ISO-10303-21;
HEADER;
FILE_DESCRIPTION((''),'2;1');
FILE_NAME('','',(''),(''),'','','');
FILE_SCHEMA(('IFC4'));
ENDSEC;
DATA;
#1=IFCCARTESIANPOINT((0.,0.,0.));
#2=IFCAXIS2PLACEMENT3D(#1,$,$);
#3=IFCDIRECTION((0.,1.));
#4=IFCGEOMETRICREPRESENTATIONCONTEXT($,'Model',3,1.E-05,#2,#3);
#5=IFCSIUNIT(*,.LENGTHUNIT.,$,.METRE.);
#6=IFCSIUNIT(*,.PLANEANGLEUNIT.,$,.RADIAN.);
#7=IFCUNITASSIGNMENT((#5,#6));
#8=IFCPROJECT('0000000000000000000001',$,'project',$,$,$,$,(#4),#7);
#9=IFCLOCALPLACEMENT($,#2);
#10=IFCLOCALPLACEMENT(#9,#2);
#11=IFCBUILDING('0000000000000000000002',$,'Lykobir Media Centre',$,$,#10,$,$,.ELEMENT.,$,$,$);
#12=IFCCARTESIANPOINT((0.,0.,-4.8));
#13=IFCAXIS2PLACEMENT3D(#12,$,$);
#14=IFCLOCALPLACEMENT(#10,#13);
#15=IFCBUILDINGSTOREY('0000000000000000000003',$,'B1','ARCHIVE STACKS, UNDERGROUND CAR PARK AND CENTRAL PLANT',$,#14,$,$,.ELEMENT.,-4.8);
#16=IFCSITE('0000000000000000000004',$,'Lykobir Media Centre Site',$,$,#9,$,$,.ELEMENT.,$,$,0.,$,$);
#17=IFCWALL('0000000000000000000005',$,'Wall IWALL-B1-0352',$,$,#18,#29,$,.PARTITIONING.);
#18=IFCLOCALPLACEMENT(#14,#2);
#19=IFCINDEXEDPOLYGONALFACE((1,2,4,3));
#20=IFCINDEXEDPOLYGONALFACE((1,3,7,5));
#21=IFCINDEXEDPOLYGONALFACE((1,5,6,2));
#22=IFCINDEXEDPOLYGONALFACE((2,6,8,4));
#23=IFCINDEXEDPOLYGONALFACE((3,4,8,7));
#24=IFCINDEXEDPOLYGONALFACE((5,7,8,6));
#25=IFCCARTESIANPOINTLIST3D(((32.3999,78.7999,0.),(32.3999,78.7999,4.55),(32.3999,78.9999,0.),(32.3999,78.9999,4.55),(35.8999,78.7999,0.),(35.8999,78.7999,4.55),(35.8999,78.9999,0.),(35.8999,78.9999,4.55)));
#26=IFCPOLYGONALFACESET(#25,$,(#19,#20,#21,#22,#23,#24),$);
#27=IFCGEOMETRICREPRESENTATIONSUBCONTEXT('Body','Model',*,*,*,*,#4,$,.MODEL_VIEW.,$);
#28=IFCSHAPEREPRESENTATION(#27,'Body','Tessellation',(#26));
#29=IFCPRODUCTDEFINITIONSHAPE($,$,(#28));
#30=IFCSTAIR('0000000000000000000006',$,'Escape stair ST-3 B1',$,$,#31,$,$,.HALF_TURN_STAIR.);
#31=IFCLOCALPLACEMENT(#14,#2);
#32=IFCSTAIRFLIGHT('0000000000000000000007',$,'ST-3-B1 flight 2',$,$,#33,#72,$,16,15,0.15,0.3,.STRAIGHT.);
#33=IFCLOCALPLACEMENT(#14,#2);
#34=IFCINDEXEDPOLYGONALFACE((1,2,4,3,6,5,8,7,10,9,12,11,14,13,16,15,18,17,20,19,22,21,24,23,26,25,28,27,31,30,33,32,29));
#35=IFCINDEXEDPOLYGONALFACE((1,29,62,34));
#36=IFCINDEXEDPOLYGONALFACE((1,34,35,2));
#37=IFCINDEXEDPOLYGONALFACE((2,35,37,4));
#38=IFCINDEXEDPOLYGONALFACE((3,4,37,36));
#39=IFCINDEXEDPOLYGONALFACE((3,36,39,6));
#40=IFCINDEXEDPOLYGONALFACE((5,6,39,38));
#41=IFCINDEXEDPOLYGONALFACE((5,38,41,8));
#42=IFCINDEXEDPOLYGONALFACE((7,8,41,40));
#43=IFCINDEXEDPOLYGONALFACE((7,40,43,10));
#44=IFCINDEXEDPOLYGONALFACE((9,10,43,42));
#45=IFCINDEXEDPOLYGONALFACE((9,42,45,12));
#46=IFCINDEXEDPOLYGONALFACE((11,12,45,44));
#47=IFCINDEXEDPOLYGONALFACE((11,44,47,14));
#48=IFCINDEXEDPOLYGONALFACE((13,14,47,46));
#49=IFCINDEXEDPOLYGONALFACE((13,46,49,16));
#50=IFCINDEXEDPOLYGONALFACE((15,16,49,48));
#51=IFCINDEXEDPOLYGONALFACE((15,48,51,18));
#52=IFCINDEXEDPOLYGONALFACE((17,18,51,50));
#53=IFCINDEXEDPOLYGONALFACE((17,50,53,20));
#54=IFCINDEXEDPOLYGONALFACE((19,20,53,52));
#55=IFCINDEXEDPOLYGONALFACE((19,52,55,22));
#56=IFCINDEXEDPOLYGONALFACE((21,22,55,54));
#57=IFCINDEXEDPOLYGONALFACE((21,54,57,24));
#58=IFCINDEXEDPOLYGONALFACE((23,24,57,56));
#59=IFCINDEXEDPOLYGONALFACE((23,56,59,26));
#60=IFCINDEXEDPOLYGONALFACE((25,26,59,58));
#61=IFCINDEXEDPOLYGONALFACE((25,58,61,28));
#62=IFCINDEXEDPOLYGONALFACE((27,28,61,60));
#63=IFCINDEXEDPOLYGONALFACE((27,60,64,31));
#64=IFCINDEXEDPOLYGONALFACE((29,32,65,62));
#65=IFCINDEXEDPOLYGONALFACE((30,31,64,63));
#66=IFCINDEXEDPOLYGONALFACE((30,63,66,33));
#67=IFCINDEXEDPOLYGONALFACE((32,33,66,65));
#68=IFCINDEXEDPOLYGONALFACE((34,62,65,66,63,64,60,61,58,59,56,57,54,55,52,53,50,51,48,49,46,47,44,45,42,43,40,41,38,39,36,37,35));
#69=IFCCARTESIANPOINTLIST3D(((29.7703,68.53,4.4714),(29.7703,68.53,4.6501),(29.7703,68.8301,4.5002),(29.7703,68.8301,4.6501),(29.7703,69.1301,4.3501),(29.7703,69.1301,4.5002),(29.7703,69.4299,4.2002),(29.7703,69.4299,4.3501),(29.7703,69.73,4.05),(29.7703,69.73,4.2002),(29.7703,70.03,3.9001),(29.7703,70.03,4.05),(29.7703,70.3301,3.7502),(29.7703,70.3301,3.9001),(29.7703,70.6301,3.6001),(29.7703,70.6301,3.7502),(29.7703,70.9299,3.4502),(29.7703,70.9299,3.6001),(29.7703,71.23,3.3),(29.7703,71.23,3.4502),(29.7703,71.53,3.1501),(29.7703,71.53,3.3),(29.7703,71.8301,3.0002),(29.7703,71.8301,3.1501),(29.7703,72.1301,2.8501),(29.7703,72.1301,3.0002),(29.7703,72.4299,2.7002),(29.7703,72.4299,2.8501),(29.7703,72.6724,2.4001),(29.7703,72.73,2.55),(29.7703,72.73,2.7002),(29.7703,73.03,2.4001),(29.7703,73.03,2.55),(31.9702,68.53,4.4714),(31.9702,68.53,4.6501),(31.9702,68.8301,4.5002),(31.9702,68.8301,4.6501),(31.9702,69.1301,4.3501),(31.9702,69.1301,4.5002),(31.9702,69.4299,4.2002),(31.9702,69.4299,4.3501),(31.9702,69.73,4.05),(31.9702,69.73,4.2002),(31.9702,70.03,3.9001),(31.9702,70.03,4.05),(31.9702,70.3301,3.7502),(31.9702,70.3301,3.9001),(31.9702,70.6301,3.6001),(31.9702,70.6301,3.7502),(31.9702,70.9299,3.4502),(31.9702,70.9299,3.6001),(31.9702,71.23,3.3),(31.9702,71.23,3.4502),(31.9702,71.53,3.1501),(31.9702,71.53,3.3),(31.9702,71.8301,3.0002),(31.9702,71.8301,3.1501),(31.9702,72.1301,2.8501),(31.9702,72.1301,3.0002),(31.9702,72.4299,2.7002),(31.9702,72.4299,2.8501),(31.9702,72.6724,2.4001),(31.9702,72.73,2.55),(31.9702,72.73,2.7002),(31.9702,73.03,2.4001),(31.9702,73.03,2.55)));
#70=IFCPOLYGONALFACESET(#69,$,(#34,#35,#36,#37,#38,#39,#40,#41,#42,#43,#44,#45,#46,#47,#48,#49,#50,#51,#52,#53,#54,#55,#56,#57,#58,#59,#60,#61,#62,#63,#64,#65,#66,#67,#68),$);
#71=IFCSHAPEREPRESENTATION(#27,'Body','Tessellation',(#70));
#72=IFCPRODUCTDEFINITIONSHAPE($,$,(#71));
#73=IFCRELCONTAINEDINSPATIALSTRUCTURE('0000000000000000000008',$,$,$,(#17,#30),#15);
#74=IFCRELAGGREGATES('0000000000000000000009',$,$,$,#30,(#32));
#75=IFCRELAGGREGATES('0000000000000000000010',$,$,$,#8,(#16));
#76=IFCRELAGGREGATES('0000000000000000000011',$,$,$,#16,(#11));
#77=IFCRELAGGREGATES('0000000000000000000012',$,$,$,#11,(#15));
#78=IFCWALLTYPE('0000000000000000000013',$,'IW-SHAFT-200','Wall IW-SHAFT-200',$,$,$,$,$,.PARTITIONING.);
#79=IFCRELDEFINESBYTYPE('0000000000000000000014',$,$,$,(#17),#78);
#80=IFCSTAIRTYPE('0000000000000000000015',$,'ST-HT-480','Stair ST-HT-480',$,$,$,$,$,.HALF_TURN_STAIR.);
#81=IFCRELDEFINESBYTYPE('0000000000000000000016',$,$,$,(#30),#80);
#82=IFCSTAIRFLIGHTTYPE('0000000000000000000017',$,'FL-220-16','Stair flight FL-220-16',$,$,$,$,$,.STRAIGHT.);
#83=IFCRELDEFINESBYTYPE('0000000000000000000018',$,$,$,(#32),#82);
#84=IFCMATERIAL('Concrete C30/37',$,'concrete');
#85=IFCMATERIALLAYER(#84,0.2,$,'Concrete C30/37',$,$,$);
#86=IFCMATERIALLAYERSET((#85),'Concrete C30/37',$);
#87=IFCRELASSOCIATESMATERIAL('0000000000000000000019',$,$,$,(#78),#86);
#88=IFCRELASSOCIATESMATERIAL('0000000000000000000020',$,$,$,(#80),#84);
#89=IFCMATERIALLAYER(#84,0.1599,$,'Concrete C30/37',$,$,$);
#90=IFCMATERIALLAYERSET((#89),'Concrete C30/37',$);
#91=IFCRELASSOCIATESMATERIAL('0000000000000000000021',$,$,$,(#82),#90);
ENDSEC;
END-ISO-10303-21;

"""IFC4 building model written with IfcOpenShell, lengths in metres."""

from ifc_helpers import new_model, si_unit, direction, frame, frame_2d, origin, place, context, subcontext, project, spatial, polyline, rectangle, outline, extrude, material, layer, layer_set, type_object, element, aggregate, save


model = new_model("IFC4")

# Units and contexts
model_context = context("Model", 3, precision=1e-05, world=origin(), true_north=direction((0.0, 1.0)))
body_context = subcontext(model_context, "Body", "Model", "MODEL_VIEW")
ifc_project = project(units=[si_unit("LENGTHUNIT", "METRE"), si_unit("PLANEANGLEUNIT", "RADIAN")], contexts=[model_context])

# Site, building, storey
site_placement = place(None, origin())
site = spatial("IfcSite", under=ifc_project, at=site_placement, Name="Lykobir Media Centre Site", CompositionType="ELEMENT", RefElevation=0.0)
building_placement = place(site_placement, origin())
building = spatial("IfcBuilding", under=site, at=building_placement, Name="Lykobir Media Centre", CompositionType="ELEMENT")
storey_placement = place(building_placement, frame((0.0, 0.0, -4.8)))
storey = spatial("IfcBuildingStorey", under=building, at=storey_placement, Name="B1", Description="ARCHIVE STACKS, UNDERGROUND CAR PARK AND CENTRAL PLANT", CompositionType="ELEMENT", Elevation=-4.8)

# Shared definitions
ifc_material_1 = material(Name="Concrete C30/37", Category="concrete")

# Wall
ifc_layer_1 = layer(ifc_material_1, 0.2, Name="Concrete C30/37")
ifc_layer_set_1 = layer_set([ifc_layer_1], Name="Concrete C30/37")
wall_type_1 = type_object("IfcWallType", Name="IW-SHAFT-200", Description="Wall IW-SHAFT-200", PredefinedType="PARTITIONING", material=ifc_layer_set_1)
for number, where, z_axis, x_axis, name in (
    (1, (32.3999, 78.8999, 0.0), (0.0, 0.0, 1.0), (1.0, 0.0, 0.0), "Wall IWALL-B1-0352"),
):
    element("IfcWall", number, at=place(storey_placement, frame(where, z_axis=z_axis, x_axis=x_axis)), inside=storey, type_object=wall_type_1, Name=name, PredefinedType="PARTITIONING", context=body_context, shape_type="SweptSolid", body=[
        extrude(rectangle(XDim=3.5, YDim=0.2, at=frame_2d((1.75, 0.0))), origin(), (0.0, 0.0, 1.0), 4.55),
    ])

# Stair, stair flight
stair_type = type_object("IfcStairType", Name="ST-HT-480", Description="Stair ST-HT-480", PredefinedType="HALF_TURN_STAIR", material=ifc_material_1)
stair_placement = place(storey_placement, origin())
stair = element("IfcStair", 2, at=stair_placement, inside=storey, type_object=stair_type, Name="Escape stair ST-3 B1", PredefinedType="HALF_TURN_STAIR")
ifc_layer_2 = layer(ifc_material_1, 0.1599, Name="Concrete C30/37")
ifc_layer_set_2 = layer_set([ifc_layer_2], Name="Concrete C30/37")
stair_flight_type = type_object("IfcStairFlightType", Name="FL-220-16", Description="Stair flight FL-220-16", PredefinedType="STRAIGHT", material=ifc_layer_set_2)
stair_flight_placement = place(storey_placement, frame((30.8701, 73.03, 2.4001), z_axis=(0.0, 0.0, 1.0), x_axis=(0.0, -1.0, 0.0)))
stair_flight = element("IfcStairFlight", 3, at=stair_flight_placement, type_object=stair_flight_type, Name="ST-3-B1 flight 2", NumberOfRisers=16, NumberOfTreads=15, PredefinedType="STRAIGHT", RiserHeight=0.15, TreadLength=0.3, context=body_context, shape_type="SweptSolid", body=[
    extrude(outline(polyline([(0.0, 0.0), (0.0, 0.1499), (0.3, 0.1499), (0.3, 0.3), (0.6001, 0.3), (0.6001, 0.45), (0.8999, 0.45), (0.8999, 0.6001), (1.2, 0.6001), (1.2, 0.75), (1.5, 0.75), (1.5, 0.8999), (1.8, 0.8999), (1.8, 1.05), (2.1001, 1.05), (2.1001, 1.2), (2.3999, 1.2), (2.3999, 1.3501), (2.7, 1.3501), (2.7, 1.5), (3.0, 1.5), (3.0, 1.6499), (3.3, 1.6499), (3.3, 1.8), (3.6001, 1.8), (3.6001, 1.95), (3.8999, 1.95), (3.8999, 2.1001), (4.2, 2.1001), (4.2, 2.25), (4.5, 2.25), (4.5, 2.3999), (4.5, 2.0713), (0.3577, 0.0), (0.0, 0.0)])), frame((0.0, 1.1001, 0.0), z_axis=(0.0, -1.0, 0.0), x_axis=(1.0, 0.0, 0.0)), (0.0, 0.0, 1.0), 2.2),
])
aggregate(stair, [stair_flight])

save(model, "model.ifc")
